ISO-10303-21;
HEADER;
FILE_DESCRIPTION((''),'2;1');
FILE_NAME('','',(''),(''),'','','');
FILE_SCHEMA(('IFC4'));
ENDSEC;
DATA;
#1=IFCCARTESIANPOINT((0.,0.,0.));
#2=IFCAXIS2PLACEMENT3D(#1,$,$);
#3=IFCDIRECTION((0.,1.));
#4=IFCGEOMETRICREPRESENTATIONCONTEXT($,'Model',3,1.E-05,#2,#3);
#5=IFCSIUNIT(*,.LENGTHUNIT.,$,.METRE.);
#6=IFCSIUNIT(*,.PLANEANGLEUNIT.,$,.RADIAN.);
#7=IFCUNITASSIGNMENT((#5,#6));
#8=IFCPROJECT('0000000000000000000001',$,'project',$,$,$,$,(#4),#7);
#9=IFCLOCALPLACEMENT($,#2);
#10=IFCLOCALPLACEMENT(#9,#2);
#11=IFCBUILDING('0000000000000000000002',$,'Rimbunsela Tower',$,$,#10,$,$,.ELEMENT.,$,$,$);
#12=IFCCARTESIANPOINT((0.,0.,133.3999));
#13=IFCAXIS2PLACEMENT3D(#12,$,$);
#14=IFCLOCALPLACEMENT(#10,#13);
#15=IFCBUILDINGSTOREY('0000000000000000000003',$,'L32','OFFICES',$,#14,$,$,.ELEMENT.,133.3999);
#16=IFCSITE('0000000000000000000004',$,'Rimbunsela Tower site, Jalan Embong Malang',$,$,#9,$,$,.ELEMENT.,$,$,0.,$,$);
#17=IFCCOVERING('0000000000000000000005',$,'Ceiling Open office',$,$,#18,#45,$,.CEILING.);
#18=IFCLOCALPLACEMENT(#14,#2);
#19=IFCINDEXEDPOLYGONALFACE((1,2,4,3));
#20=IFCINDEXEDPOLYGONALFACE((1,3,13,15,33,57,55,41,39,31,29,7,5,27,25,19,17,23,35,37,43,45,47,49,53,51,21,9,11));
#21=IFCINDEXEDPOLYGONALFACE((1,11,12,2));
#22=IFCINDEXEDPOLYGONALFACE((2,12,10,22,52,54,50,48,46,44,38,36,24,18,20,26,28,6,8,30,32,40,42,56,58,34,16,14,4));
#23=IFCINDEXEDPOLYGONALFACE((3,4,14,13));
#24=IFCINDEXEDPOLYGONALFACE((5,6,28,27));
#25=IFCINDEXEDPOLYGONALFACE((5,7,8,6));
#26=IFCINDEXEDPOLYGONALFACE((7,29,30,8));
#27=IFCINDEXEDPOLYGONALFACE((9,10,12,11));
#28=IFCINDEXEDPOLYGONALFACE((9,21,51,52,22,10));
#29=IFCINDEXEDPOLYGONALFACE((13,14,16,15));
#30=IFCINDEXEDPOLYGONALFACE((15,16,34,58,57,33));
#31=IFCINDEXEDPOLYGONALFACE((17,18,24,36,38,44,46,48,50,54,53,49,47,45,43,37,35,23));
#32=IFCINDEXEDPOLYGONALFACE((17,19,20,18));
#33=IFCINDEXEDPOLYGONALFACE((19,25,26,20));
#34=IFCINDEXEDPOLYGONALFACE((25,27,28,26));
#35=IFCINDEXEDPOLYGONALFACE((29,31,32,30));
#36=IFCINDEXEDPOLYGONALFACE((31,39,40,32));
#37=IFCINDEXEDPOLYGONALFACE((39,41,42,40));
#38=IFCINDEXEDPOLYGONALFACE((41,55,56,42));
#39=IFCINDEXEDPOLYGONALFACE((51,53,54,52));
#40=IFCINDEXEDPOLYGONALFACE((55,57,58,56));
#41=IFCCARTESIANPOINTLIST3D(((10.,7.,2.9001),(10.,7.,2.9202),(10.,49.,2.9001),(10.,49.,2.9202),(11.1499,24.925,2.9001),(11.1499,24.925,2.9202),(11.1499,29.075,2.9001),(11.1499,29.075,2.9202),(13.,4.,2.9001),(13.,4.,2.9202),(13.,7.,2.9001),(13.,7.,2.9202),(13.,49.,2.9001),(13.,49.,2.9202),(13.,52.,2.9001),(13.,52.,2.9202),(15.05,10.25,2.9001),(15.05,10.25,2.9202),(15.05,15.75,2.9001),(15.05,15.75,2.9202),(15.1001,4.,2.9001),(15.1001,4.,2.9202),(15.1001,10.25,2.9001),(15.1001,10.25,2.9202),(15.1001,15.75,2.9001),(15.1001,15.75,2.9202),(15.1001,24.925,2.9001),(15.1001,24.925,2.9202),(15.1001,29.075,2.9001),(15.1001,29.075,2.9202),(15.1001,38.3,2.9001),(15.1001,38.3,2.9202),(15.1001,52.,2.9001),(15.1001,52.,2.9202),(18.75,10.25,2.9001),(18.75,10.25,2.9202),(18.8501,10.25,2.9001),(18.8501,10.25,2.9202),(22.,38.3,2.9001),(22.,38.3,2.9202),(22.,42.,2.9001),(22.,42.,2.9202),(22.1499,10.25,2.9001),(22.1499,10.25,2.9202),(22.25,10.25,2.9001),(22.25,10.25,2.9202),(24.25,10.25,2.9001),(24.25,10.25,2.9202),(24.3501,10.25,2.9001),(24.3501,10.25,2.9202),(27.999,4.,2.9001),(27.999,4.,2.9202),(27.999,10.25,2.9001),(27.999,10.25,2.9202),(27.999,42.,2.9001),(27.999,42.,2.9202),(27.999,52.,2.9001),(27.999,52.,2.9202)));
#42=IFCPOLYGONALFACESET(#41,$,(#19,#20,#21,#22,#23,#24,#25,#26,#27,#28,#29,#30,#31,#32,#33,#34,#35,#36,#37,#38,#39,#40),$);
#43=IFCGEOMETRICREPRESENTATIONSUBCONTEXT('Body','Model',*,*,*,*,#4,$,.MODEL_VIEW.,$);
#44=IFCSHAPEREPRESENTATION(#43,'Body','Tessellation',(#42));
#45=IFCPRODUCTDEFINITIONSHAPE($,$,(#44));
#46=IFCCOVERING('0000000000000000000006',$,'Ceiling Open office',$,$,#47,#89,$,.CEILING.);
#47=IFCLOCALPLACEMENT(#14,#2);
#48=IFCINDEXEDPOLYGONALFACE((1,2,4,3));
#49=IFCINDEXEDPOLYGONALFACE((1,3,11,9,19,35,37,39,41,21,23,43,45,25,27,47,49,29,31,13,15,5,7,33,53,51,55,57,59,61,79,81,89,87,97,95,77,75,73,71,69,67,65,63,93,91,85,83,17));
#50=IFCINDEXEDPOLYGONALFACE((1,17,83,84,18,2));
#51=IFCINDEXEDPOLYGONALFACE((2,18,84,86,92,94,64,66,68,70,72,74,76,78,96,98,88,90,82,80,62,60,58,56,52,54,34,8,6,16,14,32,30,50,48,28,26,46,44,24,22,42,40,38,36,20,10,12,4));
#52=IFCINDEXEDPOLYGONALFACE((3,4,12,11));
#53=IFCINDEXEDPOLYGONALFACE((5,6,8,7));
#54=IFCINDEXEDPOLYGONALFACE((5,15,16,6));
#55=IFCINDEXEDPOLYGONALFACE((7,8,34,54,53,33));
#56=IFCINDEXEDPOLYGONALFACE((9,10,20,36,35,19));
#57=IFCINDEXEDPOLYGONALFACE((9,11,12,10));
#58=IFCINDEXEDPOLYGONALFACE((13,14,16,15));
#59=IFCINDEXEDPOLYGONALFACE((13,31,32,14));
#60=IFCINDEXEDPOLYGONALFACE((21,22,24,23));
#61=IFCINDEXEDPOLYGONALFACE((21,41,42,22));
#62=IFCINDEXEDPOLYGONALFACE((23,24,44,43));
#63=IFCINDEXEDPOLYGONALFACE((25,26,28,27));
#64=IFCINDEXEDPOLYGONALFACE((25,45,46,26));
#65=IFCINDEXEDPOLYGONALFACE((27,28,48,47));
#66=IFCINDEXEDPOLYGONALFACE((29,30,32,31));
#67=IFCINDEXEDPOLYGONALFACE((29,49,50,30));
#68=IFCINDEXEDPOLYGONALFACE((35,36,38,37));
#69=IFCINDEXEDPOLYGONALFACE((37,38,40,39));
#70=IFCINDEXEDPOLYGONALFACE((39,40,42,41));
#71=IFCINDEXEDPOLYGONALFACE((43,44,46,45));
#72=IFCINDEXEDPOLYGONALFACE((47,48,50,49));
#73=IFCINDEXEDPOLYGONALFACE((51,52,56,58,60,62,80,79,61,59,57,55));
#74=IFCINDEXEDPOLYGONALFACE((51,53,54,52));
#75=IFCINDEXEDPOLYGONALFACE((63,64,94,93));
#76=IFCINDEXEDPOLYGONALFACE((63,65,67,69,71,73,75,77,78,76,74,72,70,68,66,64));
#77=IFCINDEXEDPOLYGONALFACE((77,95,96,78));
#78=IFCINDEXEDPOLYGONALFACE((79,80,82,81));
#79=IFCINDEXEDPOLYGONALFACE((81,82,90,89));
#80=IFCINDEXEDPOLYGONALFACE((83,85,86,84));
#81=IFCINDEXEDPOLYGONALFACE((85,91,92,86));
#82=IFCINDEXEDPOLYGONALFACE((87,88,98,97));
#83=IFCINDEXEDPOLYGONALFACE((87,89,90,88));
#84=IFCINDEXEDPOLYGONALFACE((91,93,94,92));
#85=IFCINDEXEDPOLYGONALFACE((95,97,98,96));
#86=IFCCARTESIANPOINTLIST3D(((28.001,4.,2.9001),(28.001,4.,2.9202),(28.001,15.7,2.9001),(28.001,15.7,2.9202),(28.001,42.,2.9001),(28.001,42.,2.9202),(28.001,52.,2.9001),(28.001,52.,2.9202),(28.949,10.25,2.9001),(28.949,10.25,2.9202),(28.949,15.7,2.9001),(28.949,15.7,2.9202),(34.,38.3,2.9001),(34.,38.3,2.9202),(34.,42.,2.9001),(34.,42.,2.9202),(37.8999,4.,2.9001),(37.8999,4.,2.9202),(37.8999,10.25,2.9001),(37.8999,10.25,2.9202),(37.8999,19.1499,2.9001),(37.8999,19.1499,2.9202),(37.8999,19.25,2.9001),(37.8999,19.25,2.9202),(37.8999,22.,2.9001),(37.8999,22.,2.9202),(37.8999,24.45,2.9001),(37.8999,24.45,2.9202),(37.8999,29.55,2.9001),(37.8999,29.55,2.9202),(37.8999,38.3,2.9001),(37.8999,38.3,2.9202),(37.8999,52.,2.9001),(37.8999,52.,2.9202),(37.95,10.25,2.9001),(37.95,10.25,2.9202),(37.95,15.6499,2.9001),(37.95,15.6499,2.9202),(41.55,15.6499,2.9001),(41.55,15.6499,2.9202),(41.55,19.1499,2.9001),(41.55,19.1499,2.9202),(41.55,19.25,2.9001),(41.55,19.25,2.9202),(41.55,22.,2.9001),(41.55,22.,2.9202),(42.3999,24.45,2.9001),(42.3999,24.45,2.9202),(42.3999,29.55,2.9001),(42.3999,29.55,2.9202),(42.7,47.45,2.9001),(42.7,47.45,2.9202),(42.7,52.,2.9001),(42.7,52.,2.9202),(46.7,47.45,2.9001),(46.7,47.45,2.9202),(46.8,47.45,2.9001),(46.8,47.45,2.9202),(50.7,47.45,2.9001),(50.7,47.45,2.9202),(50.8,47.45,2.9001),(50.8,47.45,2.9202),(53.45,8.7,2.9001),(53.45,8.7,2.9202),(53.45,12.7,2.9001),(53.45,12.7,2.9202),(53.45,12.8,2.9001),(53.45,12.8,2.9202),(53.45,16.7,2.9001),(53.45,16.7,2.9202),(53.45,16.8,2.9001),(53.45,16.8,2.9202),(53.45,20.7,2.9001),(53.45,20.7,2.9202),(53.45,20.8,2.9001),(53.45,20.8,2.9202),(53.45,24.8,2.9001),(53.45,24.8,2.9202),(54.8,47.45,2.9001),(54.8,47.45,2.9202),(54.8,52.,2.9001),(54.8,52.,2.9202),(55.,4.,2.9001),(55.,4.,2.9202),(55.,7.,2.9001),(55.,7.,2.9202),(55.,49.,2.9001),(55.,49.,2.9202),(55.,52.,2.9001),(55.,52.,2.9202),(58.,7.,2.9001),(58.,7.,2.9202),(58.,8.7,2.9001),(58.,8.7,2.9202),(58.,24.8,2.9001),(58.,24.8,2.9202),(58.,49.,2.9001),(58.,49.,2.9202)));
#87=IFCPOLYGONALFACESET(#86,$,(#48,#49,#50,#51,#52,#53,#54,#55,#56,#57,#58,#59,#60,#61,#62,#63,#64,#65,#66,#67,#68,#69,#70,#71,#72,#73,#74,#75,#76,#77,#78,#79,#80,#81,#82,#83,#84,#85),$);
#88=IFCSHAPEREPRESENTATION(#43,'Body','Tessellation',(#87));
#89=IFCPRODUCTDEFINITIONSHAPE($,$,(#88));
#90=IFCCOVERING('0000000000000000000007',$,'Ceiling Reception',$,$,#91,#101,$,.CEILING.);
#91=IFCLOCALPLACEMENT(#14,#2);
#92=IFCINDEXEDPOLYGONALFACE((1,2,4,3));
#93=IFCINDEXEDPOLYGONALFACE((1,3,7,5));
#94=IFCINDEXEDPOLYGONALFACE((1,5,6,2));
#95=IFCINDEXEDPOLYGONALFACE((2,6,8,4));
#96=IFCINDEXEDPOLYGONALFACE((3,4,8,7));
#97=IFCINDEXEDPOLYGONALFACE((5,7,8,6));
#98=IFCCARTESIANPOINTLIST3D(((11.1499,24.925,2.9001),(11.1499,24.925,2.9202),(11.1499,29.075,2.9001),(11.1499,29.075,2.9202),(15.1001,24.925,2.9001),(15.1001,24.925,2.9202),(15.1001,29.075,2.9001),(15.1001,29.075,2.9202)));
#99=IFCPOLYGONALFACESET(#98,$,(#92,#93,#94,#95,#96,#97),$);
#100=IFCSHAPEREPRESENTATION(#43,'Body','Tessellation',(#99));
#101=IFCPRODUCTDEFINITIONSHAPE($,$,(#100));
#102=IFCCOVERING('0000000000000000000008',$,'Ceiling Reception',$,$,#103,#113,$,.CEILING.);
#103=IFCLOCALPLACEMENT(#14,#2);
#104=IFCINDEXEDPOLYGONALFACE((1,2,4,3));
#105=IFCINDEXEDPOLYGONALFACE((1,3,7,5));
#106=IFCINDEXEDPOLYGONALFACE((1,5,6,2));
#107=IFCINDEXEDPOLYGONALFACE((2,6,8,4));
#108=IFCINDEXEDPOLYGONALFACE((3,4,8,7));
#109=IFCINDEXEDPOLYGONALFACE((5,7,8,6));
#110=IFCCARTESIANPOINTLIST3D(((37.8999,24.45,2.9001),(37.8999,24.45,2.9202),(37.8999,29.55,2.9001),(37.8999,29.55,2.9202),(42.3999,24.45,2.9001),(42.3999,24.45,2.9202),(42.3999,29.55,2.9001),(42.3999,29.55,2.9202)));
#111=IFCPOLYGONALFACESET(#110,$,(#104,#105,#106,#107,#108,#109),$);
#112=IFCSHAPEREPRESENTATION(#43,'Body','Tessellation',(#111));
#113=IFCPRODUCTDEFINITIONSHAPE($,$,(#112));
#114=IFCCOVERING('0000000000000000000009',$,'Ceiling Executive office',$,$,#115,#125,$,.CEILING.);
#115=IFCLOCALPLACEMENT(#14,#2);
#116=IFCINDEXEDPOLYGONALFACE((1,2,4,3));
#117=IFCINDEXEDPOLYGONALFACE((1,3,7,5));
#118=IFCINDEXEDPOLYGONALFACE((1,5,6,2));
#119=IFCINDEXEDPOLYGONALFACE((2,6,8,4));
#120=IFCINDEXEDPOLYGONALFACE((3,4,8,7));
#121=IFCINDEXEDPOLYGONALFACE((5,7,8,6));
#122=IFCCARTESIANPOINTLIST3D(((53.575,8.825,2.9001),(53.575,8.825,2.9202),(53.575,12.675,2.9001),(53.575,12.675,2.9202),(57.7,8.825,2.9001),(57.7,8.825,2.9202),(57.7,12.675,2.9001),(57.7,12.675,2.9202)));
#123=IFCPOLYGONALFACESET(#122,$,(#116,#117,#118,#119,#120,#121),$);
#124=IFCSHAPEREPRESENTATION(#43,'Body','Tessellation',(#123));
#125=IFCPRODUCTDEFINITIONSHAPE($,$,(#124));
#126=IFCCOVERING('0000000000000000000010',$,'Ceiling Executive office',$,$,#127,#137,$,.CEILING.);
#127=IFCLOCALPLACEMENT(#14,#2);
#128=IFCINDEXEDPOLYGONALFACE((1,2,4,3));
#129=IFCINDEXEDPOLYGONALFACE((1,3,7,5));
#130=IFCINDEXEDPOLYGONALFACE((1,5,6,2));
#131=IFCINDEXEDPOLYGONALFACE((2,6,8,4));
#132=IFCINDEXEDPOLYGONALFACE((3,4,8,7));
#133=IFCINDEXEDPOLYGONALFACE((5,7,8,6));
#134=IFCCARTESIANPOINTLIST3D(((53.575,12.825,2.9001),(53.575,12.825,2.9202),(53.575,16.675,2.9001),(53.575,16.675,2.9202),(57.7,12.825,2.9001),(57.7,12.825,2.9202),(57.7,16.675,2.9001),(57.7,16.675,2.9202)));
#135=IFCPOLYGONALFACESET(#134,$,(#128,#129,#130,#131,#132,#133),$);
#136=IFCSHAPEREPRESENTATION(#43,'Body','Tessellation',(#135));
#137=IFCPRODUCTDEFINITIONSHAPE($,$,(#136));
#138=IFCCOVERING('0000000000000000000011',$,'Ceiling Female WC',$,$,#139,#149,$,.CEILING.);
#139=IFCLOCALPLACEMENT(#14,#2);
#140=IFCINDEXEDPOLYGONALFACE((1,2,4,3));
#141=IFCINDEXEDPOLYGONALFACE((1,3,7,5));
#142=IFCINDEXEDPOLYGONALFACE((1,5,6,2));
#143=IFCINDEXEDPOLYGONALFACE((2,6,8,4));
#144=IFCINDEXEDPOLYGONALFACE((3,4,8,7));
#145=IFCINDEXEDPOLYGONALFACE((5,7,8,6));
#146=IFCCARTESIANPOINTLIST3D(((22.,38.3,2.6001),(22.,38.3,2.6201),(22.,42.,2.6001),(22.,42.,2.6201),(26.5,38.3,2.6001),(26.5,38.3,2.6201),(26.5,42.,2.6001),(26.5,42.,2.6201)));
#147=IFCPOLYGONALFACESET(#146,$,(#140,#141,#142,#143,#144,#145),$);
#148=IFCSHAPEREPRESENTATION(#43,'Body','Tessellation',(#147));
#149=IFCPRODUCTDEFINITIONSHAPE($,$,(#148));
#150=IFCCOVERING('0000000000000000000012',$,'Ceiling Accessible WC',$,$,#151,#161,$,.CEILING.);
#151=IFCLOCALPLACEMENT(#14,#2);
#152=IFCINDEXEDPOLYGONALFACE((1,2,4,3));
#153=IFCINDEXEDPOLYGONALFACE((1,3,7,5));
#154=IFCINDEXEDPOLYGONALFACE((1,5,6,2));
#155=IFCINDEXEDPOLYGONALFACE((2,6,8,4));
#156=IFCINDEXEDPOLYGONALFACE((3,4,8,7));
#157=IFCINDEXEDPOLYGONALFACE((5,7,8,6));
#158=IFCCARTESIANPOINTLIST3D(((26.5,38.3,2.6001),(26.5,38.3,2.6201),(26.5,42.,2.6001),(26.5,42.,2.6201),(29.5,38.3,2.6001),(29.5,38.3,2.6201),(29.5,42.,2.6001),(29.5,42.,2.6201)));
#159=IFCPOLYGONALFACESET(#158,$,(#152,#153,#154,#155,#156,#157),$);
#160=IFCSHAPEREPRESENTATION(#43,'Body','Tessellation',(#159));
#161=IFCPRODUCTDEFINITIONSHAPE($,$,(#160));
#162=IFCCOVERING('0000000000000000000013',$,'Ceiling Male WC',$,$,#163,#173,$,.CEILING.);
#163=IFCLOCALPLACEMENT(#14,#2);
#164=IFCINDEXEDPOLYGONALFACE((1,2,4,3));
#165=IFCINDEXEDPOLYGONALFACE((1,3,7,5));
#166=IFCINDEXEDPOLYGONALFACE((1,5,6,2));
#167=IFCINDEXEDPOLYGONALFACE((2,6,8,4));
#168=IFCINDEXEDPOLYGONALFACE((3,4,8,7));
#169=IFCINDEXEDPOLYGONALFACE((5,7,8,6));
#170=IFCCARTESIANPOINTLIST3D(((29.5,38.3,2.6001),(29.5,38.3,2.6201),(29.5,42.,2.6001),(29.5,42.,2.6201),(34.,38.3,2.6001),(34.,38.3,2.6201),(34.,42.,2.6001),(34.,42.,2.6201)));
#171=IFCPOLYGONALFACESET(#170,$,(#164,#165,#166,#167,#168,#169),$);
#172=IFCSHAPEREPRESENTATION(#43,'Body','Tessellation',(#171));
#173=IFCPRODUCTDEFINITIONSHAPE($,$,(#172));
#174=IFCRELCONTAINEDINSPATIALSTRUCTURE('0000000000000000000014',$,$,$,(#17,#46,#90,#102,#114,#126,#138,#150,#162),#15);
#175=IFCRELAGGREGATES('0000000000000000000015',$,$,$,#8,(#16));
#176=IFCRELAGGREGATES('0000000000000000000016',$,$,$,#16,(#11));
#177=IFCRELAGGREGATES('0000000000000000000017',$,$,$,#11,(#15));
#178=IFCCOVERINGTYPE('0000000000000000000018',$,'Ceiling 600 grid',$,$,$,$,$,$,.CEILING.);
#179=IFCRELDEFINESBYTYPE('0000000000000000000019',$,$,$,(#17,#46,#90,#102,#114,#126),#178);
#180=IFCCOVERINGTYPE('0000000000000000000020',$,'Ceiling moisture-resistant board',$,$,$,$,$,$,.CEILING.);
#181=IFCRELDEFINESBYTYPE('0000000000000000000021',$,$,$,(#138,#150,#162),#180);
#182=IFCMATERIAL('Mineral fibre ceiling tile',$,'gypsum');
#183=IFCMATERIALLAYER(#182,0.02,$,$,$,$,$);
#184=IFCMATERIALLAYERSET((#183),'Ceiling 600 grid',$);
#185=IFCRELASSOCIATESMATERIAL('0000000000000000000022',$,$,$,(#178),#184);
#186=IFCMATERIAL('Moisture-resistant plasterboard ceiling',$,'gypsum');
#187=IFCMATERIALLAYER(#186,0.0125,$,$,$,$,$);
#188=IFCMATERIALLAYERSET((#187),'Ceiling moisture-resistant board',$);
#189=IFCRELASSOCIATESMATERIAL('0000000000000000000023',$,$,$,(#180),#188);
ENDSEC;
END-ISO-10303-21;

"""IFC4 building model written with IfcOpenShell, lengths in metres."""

from ifc_helpers import new_model, si_unit, direction, frame, origin, place, context, subcontext, project, spatial, polyline, outline, extrude, material, layer, layer_set, type_object, element, save


model = new_model("IFC4")

# Units and contexts
model_context = context("Model", 3, precision=1e-05, world=origin(), true_north=direction((0.0, 1.0)))
body_context = subcontext(model_context, "Body", "Model", "MODEL_VIEW")
ifc_project = project(units=[si_unit("LENGTHUNIT", "METRE"), si_unit("PLANEANGLEUNIT", "RADIAN")], contexts=[model_context])

# Site, building, storey
site_placement = place(None, origin())
site = spatial("IfcSite", under=ifc_project, at=site_placement, Name="Rimbunsela Tower site, Jalan Embong Malang", CompositionType="ELEMENT", RefElevation=0.0)
building_placement = place(site_placement, origin())
building = spatial("IfcBuilding", under=site, at=building_placement, Name="Rimbunsela Tower", CompositionType="ELEMENT")
storey_placement = place(building_placement, frame((0.0, 0.0, 133.3999)))
storey = spatial("IfcBuildingStorey", under=building, at=storey_placement, Name="L32", Description="OFFICES", CompositionType="ELEMENT", Elevation=133.3999)

# Coverings
ifc_material_1 = material(Name="Mineral fibre ceiling tile", Category="gypsum")
ifc_layer_1 = layer(ifc_material_1, 0.02)
ifc_layer_set_1 = layer_set([ifc_layer_1], Name="Ceiling 600 grid")
covering_type_1 = type_object("IfcCoveringType", Name="Ceiling 600 grid", PredefinedType="CEILING", material=ifc_layer_set_1)
covering_1_placement = place(storey_placement, frame((0.0, 0.0, 2.9001)))
element("IfcCovering", 1, at=covering_1_placement, inside=storey, type_object=covering_type_1, Name="Ceiling Open office", PredefinedType="CEILING", context=body_context, shape_type="SweptSolid", body=[
    extrude(outline(polyline([(18.8501, 10.25), (22.1499, 10.25), (22.25, 10.25), (24.25, 10.25), (24.3501, 10.25), (27.999, 10.25), (27.999, 4.0), (15.1001, 4.0), (13.0, 4.0), (13.0, 7.0), (10.0, 7.0), (10.0, 49.0), (13.0, 49.0), (13.0, 52.0), (15.1001, 52.0), (27.999, 52.0), (27.999, 42.0), (22.0, 42.0), (22.0, 38.3), (15.1001, 38.3), (15.1001, 29.075), (11.1499, 29.075), (11.1499, 24.925), (15.1001, 24.925), (15.1001, 15.75), (15.05, 15.75), (15.05, 10.25), (15.1001, 10.25), (18.75, 10.25), (18.8501, 10.25)])), origin(), (0.0, 0.0, 1.0), 0.02),
])
covering_2_placement = place(storey_placement, frame((0.0, 0.0, 2.9001)))
element("IfcCovering", 2, at=covering_2_placement, inside=storey, type_object=covering_type_1, Name="Ceiling Open office", PredefinedType="CEILING", context=body_context, shape_type="SweptSolid", body=[
    extrude(outline(polyline([(28.001, 15.7), (28.949, 15.7), (28.949, 10.25), (37.8999, 10.25), (37.95, 10.25), (37.95, 15.6499), (41.55, 15.6499), (41.55, 19.1499), (37.8999, 19.1499), (37.8999, 19.25), (41.55, 19.25), (41.55, 22.0), (37.8999, 22.0), (37.8999, 24.45), (42.3999, 24.45), (42.3999, 29.55), (37.8999, 29.55), (37.8999, 38.3), (34.0, 38.3), (34.0, 42.0), (28.001, 42.0), (28.001, 52.0), (37.8999, 52.0), (42.7, 52.0), (42.7, 47.45), (46.7, 47.45), (46.8, 47.45), (50.7, 47.45), (50.8, 47.45), (54.8, 47.45), (54.8, 52.0), (55.0, 52.0), (55.0, 49.0), (58.0, 49.0), (58.0, 24.8), (53.45, 24.8), (53.45, 20.8), (53.45, 20.7), (53.45, 16.8), (53.45, 16.7), (53.45, 12.8), (53.45, 12.7), (53.45, 8.7), (58.0, 8.7), (58.0, 7.0), (55.0, 7.0), (55.0, 4.0), (37.8999, 4.0), (28.001, 4.0), (28.001, 15.7)])), origin(), (0.0, 0.0, 1.0), 0.02),
])
covering_3_placement = place(storey_placement, frame((0.0, 0.0, 2.9001)))
element("IfcCovering", 3, at=covering_3_placement, inside=storey, type_object=covering_type_1, Name="Ceiling Reception", PredefinedType="CEILING", context=body_context, shape_type="SweptSolid", body=[
    extrude(outline(polyline([(15.1001, 24.925), (15.1001, 29.075), (11.1499, 29.075), (11.1499, 24.925), (15.1001, 24.925)])), origin(), (0.0, 0.0, 1.0), 0.02),
])
covering_4_placement = place(storey_placement, frame((0.0, 0.0, 2.9001)))
element("IfcCovering", 4, at=covering_4_placement, inside=storey, type_object=covering_type_1, Name="Ceiling Reception", PredefinedType="CEILING", context=body_context, shape_type="SweptSolid", body=[
    extrude(outline(polyline([(42.3999, 24.45), (42.3999, 29.55), (37.8999, 29.55), (37.8999, 24.45), (42.3999, 24.45)])), origin(), (0.0, 0.0, 1.0), 0.02),
])
covering_5_placement = place(storey_placement, frame((0.0, 0.0, 2.9001)))
element("IfcCovering", 5, at=covering_5_placement, inside=storey, type_object=covering_type_1, Name="Ceiling Executive office", PredefinedType="CEILING", context=body_context, shape_type="SweptSolid", body=[
    extrude(outline(polyline([(57.7, 8.825), (57.7, 12.675), (53.575, 12.675), (53.575, 8.825), (57.7, 8.825)])), origin(), (0.0, 0.0, 1.0), 0.02),
])
covering_6_placement = place(storey_placement, frame((0.0, 0.0, 2.9001)))
element("IfcCovering", 6, at=covering_6_placement, inside=storey, type_object=covering_type_1, Name="Ceiling Executive office", PredefinedType="CEILING", context=body_context, shape_type="SweptSolid", body=[
    extrude(outline(polyline([(57.7, 12.825), (57.7, 16.675), (53.575, 16.675), (53.575, 12.825), (57.7, 12.825)])), origin(), (0.0, 0.0, 1.0), 0.02),
])
ifc_material_2 = material(Name="Moisture-resistant plasterboard ceiling", Category="gypsum")
ifc_layer_2 = layer(ifc_material_2, 0.0125)
ifc_layer_set_2 = layer_set([ifc_layer_2], Name="Ceiling moisture-resistant board")
covering_type_2 = type_object("IfcCoveringType", Name="Ceiling moisture-resistant board", PredefinedType="CEILING", material=ifc_layer_set_2)
covering_7_placement = place(storey_placement, frame((0.0, 0.0, 2.6001)))
element("IfcCovering", 7, at=covering_7_placement, inside=storey, type_object=covering_type_2, Name="Ceiling Female WC", PredefinedType="CEILING", context=body_context, shape_type="SweptSolid", body=[
    extrude(outline(polyline([(26.5, 38.3), (26.5, 42.0), (22.0, 42.0), (22.0, 38.3), (26.5, 38.3)])), origin(), (0.0, 0.0, 1.0), 0.02),
])
covering_8_placement = place(storey_placement, frame((0.0, 0.0, 2.6001)))
element("IfcCovering", 8, at=covering_8_placement, inside=storey, type_object=covering_type_2, Name="Ceiling Accessible WC", PredefinedType="CEILING", context=body_context, shape_type="SweptSolid", body=[
    extrude(outline(polyline([(29.5, 38.3), (29.5, 42.0), (26.5, 42.0), (26.5, 38.3), (29.5, 38.3)])), origin(), (0.0, 0.0, 1.0), 0.02),
])
covering_9_placement = place(storey_placement, frame((0.0, 0.0, 2.6001)))
element("IfcCovering", 9, at=covering_9_placement, inside=storey, type_object=covering_type_2, Name="Ceiling Male WC", PredefinedType="CEILING", context=body_context, shape_type="SweptSolid", body=[
    extrude(outline(polyline([(34.0, 38.3), (34.0, 42.0), (29.5, 42.0), (29.5, 38.3), (34.0, 38.3)])), origin(), (0.0, 0.0, 1.0), 0.02),
])

save(model, "model.ifc")
